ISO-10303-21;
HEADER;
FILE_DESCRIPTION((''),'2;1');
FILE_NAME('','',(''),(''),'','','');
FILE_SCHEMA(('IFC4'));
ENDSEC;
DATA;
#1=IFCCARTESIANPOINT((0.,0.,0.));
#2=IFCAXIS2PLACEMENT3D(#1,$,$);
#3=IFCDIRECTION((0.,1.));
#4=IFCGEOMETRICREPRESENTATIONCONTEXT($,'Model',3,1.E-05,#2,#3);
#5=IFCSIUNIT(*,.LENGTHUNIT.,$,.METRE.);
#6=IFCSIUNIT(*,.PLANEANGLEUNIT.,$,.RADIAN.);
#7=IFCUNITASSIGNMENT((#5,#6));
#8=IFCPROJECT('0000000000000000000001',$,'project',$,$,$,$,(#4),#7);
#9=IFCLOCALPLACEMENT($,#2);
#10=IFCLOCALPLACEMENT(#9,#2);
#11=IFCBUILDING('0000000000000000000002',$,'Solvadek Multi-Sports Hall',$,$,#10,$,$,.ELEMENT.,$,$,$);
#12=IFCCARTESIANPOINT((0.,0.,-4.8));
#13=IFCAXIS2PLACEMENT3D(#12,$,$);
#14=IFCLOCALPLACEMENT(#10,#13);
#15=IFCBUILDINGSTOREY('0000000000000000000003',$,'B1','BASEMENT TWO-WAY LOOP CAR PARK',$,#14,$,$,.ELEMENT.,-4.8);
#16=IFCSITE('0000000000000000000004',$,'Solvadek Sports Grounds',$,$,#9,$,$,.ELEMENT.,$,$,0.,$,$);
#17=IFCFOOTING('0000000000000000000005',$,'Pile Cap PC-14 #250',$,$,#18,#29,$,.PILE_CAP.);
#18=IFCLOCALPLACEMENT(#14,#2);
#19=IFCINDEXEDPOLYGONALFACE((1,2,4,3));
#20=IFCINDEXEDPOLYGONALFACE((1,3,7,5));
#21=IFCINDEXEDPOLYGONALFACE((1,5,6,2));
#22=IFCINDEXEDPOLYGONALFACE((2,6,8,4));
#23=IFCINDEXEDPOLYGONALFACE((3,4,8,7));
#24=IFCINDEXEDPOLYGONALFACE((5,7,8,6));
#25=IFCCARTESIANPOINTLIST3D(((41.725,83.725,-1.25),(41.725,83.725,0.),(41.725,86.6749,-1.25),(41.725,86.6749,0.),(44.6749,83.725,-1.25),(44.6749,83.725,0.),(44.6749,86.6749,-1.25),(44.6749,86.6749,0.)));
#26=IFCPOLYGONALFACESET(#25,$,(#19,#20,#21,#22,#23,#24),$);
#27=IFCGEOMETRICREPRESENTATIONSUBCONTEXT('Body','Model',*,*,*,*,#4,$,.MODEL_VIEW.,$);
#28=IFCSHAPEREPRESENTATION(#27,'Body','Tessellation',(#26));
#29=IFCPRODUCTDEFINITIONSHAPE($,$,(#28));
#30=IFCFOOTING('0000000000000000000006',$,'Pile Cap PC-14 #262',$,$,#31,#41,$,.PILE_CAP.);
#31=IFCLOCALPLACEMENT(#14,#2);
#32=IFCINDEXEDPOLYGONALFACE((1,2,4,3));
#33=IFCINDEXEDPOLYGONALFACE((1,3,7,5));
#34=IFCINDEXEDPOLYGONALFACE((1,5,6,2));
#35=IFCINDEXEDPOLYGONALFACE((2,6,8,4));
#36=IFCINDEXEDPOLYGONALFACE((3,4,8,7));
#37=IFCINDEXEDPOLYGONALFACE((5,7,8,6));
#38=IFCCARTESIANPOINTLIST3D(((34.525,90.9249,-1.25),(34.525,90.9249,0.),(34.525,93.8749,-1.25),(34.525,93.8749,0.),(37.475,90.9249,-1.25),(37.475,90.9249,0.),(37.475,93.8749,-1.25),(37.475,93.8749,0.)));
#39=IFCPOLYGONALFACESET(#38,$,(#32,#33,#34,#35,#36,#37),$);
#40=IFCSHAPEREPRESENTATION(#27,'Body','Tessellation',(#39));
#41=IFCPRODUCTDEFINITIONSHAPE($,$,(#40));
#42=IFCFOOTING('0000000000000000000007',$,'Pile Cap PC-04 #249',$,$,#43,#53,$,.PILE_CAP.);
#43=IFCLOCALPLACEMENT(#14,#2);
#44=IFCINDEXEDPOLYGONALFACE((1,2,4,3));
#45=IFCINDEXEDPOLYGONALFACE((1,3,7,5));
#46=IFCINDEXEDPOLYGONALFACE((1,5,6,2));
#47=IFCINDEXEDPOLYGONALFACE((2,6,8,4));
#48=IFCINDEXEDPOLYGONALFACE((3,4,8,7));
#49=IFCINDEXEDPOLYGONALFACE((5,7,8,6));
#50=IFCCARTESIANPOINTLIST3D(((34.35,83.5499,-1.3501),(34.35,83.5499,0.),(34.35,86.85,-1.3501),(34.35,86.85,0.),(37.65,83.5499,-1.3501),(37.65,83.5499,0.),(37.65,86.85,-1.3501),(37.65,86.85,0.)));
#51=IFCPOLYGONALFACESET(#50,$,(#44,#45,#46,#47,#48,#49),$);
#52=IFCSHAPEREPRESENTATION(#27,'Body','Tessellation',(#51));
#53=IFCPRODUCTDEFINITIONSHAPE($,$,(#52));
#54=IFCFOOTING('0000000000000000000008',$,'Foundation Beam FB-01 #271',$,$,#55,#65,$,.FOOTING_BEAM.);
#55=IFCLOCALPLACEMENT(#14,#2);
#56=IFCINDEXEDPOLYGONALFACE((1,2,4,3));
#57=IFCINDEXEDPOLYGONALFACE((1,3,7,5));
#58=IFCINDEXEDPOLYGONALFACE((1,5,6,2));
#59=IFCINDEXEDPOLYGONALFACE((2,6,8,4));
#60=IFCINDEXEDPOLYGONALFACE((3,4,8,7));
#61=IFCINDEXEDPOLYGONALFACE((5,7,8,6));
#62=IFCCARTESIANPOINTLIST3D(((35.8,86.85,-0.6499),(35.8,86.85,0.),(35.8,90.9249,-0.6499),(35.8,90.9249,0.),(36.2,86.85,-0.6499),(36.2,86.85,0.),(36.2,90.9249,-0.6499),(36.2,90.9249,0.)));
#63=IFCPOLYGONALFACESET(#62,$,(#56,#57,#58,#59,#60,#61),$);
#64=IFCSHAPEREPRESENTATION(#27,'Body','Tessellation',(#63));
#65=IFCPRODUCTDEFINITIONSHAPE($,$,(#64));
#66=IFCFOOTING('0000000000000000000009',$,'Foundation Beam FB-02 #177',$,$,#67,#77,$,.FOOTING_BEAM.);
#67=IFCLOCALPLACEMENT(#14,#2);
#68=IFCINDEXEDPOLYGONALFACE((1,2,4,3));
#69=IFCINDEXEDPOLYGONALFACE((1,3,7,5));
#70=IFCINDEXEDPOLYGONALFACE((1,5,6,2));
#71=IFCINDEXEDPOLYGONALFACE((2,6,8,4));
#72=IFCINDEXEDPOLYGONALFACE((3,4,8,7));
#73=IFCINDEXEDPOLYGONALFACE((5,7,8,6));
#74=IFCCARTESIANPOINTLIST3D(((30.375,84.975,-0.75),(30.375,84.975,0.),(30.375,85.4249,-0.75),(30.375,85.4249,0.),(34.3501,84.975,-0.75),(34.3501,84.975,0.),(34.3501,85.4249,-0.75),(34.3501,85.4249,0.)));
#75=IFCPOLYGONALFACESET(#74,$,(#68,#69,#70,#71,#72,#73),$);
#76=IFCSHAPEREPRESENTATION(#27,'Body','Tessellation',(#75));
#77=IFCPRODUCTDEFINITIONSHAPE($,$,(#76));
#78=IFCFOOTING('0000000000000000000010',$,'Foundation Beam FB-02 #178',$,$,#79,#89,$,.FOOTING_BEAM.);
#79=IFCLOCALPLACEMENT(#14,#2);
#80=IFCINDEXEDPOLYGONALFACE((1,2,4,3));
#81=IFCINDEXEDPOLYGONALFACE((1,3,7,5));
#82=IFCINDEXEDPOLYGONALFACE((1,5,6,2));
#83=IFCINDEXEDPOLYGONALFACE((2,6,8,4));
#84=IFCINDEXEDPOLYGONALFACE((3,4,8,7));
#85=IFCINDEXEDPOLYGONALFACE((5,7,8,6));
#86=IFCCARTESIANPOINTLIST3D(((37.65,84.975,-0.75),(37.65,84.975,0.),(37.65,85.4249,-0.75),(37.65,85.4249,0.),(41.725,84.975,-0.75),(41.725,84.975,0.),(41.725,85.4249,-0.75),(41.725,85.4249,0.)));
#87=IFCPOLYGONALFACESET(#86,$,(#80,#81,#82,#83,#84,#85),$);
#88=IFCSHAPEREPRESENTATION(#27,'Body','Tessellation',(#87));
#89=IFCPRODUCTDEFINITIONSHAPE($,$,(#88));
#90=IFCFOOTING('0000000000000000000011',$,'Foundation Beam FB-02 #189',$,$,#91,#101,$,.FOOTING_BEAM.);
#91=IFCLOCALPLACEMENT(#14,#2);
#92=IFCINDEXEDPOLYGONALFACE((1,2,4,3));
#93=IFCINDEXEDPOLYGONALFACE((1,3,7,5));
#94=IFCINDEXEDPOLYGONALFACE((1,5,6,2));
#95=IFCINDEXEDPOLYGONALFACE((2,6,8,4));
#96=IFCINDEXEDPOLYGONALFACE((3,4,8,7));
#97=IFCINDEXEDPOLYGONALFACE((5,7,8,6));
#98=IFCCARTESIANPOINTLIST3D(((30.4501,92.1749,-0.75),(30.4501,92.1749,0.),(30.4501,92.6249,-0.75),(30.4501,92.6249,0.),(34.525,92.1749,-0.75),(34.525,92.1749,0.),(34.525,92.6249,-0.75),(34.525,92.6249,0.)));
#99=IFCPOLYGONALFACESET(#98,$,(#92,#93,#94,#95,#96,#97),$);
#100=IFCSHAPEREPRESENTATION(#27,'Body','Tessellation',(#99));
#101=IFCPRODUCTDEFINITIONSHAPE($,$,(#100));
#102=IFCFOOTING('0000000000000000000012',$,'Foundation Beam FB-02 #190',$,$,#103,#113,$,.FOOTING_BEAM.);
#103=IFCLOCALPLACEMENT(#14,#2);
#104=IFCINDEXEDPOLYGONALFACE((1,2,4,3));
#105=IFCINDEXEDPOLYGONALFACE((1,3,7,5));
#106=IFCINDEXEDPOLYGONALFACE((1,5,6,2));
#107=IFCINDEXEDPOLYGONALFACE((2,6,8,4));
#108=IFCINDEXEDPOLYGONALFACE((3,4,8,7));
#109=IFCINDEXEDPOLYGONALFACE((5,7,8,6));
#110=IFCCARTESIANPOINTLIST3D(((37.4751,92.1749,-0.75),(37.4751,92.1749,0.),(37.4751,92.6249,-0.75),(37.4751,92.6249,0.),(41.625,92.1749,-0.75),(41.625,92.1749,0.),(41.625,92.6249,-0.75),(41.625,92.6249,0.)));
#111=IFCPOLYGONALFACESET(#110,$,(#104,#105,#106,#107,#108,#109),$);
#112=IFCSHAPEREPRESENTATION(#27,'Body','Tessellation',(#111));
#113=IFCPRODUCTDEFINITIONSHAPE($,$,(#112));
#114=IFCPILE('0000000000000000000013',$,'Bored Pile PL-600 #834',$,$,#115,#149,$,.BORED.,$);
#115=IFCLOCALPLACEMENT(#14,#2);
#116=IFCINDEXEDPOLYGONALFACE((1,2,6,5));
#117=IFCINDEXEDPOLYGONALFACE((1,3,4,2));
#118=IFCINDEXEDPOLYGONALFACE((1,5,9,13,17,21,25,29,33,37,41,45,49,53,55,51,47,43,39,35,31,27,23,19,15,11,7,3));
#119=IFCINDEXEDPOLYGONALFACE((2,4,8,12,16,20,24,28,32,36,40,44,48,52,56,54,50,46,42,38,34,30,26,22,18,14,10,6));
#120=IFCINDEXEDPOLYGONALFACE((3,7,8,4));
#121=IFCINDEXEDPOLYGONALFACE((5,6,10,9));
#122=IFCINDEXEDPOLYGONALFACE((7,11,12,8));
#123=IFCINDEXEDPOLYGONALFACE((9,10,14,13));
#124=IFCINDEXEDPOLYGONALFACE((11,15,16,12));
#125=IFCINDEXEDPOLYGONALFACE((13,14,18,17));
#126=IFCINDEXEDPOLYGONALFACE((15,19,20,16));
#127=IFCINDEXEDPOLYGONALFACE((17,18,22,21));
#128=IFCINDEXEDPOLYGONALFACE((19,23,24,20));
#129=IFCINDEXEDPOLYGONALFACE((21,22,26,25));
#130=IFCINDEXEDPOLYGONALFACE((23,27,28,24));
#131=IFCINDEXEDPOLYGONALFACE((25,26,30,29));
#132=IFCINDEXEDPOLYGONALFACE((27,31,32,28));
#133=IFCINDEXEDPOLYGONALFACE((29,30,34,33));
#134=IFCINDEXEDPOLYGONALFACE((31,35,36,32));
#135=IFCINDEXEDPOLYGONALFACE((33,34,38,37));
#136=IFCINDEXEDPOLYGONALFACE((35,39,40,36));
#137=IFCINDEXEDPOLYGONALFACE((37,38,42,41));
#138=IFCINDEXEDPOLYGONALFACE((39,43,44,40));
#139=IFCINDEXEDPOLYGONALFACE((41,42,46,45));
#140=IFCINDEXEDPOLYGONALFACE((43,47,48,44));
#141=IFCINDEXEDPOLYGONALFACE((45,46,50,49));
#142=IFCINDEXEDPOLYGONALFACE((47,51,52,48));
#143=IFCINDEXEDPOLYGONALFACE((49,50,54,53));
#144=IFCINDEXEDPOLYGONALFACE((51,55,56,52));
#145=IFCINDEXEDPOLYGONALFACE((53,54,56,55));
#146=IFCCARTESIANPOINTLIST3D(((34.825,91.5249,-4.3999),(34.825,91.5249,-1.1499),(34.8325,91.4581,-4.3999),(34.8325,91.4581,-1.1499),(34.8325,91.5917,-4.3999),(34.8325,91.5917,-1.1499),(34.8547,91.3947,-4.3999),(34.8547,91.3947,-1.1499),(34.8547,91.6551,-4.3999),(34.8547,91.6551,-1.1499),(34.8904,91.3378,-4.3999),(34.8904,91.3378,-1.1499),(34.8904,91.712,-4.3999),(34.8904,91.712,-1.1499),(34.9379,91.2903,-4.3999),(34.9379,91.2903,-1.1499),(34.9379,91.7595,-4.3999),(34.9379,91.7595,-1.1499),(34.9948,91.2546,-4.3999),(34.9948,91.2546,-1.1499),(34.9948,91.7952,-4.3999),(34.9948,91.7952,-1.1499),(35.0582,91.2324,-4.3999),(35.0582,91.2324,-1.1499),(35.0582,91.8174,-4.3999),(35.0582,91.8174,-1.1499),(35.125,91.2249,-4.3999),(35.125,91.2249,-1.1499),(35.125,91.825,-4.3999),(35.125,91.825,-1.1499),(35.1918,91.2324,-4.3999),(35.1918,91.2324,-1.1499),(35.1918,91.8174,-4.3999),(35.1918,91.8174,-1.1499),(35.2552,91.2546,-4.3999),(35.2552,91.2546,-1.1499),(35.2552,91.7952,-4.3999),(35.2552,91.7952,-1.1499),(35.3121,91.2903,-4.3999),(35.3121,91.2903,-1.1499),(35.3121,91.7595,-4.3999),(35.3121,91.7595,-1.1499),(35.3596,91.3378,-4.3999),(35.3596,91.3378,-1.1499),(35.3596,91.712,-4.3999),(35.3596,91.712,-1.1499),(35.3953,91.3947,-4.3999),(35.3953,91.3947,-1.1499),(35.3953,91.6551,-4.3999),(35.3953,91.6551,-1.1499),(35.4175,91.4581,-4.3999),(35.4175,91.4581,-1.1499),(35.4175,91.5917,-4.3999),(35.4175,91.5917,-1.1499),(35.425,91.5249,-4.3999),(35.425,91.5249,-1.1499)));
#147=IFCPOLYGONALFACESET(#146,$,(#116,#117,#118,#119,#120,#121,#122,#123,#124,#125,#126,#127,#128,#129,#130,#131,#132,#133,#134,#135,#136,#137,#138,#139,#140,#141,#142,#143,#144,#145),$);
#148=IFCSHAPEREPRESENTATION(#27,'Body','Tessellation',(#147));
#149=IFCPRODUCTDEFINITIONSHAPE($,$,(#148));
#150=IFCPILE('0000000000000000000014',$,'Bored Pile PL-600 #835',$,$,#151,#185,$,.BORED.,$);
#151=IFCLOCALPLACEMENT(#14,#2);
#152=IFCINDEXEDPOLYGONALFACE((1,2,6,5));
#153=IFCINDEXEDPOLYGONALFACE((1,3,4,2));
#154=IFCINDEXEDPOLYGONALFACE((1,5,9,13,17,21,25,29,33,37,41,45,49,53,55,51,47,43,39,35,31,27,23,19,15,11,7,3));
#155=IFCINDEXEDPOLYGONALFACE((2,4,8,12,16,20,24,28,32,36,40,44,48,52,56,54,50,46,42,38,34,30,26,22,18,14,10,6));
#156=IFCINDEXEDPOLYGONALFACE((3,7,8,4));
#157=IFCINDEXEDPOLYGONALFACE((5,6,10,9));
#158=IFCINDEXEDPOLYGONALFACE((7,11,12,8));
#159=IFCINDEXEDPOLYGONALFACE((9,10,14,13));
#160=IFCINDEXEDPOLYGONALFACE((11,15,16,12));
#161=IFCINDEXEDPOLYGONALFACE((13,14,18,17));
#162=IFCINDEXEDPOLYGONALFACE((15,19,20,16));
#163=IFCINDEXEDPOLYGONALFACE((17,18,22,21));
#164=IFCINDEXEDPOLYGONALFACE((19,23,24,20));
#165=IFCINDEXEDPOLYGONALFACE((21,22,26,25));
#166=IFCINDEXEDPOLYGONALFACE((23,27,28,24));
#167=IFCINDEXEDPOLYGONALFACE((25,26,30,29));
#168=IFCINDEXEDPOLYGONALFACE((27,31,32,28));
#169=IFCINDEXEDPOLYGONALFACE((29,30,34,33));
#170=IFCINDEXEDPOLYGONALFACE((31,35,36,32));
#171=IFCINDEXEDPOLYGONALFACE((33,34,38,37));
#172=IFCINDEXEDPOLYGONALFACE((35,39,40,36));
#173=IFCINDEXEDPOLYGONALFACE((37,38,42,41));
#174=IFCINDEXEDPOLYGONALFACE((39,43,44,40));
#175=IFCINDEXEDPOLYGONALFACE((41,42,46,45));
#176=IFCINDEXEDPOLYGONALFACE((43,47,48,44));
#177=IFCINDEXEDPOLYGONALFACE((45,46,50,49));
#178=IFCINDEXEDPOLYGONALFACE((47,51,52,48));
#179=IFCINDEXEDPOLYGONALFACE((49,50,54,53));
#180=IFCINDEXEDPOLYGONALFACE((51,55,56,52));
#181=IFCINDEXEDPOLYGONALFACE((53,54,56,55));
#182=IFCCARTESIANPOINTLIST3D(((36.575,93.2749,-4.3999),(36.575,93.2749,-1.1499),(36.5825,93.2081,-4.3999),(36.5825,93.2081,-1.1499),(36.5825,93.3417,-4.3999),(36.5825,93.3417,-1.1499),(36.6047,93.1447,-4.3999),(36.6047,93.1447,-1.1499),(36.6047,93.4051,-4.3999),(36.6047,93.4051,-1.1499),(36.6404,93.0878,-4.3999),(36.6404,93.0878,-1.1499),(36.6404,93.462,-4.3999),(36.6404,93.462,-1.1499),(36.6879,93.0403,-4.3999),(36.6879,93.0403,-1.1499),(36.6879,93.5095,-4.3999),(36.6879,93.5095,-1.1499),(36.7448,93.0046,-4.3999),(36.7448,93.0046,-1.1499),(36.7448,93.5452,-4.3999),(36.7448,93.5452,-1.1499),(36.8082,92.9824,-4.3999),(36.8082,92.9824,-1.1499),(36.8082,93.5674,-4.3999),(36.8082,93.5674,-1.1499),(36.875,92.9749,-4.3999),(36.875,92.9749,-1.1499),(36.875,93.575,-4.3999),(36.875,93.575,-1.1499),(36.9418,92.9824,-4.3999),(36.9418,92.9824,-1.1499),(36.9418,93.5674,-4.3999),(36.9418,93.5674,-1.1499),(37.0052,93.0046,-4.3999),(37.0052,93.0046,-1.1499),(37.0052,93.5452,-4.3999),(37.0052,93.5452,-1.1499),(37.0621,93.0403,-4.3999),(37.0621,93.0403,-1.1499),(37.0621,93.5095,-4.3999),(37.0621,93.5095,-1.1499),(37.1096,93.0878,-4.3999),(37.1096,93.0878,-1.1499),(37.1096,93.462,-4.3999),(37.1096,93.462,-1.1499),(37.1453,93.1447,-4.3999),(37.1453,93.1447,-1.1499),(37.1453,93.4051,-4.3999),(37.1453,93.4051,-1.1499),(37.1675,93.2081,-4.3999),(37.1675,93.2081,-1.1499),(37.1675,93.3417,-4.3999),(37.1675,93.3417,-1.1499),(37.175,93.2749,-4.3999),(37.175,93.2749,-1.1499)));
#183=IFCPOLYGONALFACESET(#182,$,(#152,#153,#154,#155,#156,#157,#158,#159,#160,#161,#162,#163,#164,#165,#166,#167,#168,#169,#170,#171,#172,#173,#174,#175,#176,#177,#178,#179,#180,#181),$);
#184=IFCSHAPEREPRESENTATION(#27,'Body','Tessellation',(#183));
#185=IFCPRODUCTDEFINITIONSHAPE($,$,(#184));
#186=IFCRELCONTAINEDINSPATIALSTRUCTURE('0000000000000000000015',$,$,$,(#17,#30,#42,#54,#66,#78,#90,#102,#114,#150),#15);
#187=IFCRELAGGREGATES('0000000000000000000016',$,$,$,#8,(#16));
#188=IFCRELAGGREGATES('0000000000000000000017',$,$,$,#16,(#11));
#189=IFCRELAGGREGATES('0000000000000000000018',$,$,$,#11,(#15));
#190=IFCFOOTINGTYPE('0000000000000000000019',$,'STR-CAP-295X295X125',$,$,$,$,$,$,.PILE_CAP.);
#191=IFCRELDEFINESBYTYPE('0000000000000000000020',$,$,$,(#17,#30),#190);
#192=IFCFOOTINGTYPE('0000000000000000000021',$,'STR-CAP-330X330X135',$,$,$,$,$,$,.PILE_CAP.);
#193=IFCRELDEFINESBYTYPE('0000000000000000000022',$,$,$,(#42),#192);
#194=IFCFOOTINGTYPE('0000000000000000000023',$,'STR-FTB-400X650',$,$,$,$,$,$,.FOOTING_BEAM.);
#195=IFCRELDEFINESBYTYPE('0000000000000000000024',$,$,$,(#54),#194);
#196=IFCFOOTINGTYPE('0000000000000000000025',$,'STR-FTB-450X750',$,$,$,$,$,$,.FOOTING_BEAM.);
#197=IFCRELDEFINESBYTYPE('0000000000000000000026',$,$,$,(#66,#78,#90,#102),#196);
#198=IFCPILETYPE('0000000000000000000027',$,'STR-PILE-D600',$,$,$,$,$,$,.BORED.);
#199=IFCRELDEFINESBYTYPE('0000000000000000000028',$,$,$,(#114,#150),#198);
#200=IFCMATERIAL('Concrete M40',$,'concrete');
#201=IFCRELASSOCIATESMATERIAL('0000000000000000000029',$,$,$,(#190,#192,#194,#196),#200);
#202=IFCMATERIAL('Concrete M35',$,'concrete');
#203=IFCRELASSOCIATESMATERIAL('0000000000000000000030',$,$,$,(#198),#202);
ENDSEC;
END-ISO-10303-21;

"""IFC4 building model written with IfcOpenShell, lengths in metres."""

from ifc_helpers import new_model, si_unit, direction, frame, origin, origin_2d, place, context, subcontext, project, spatial, rectangle, circle, extrude, material, material_profile, profile_set, type_object, element, save


model = new_model("IFC4")

# Units and contexts
model_context = context("Model", 3, precision=1e-05, world=origin(), true_north=direction((0.0, 1.0)))
body_context = subcontext(model_context, "Body", "Model", "MODEL_VIEW")
ifc_project = project(units=[si_unit("LENGTHUNIT", "METRE"), si_unit("PLANEANGLEUNIT", "RADIAN")], contexts=[model_context])

# Site, building, storey
site_placement = place(None, origin())
site = spatial("IfcSite", under=ifc_project, at=site_placement, Name="Solvadek Sports Grounds", CompositionType="ELEMENT", RefElevation=0.0)
building_placement = place(site_placement, origin())
building = spatial("IfcBuilding", under=site, at=building_placement, Name="Solvadek Multi-Sports Hall", CompositionType="ELEMENT")
storey_placement = place(building_placement, frame((0.0, 0.0, -4.8)))
storey = spatial("IfcBuildingStorey", under=building, at=storey_placement, Name="B1", Description="BASEMENT TWO-WAY LOOP CAR PARK", CompositionType="ELEMENT", Elevation=-4.8)

# Footings
ifc_material_1 = material(Name="Concrete M40", Category="concrete")
footing_type_1 = type_object("IfcFootingType", Name="STR-CAP-295X295X125", PredefinedType="PILE_CAP", material=ifc_material_1)
for number, where, z_axis, x_axis, name in (
    (1, (43.2, 85.2, -1.25), (0.0, 0.0, 1.0), (1.0, 0.0, 0.0), "Pile Cap PC-14 #250"),
    (2, (36.0, 92.3999, -1.25), (0.0, 0.0, 1.0), (1.0, 0.0, 0.0), "Pile Cap PC-14 #262"),
):
    element("IfcFooting", number, at=place(storey_placement, frame(where, z_axis=z_axis, x_axis=x_axis)), inside=storey, type_object=footing_type_1, Name=name, PredefinedType="PILE_CAP", context=body_context, shape_type="SweptSolid", body=[
        extrude(rectangle(XDim=2.95, YDim=2.95, at=origin_2d()), origin(), (0.0, 0.0, 1.0), 1.25),
    ])
footing_type_2 = type_object("IfcFootingType", Name="STR-CAP-330X330X135", PredefinedType="PILE_CAP", material=ifc_material_1)
footing_1_placement = place(storey_placement, frame((36.0, 85.2, -1.3501), z_axis=(0.0, 0.0, 1.0), x_axis=(1.0, 0.0, 0.0)))
element("IfcFooting", 3, at=footing_1_placement, inside=storey, type_object=footing_type_2, Name="Pile Cap PC-04 #249", PredefinedType="PILE_CAP", context=body_context, shape_type="SweptSolid", body=[
    extrude(rectangle(XDim=3.3, YDim=3.3, at=origin_2d()), origin(), (0.0, 0.0, 1.0), 1.3501),
])
footing_type_3 = type_object("IfcFootingType", Name="STR-FTB-400X650", PredefinedType="FOOTING_BEAM", material=ifc_material_1)
footing_2_placement = place(storey_placement, frame((36.0, 88.8875, -0.6499), z_axis=(0.0, 0.0, 1.0), x_axis=(0.0, 1.0, 0.0)))
element("IfcFooting", 4, at=footing_2_placement, inside=storey, type_object=footing_type_3, Name="Foundation Beam FB-01 #271", PredefinedType="FOOTING_BEAM", context=body_context, shape_type="SweptSolid", body=[
    extrude(rectangle(XDim=4.075, YDim=0.3999, at=origin_2d()), origin(), (0.0, 0.0, 1.0), 0.6499),
])
footing_type_4 = type_object("IfcFootingType", Name="STR-FTB-450X750", PredefinedType="FOOTING_BEAM", material=ifc_material_1)
footing_3_placement = place(storey_placement, frame((32.3625, 85.2, -0.75), z_axis=(0.0, 0.0, 1.0), x_axis=(1.0, 0.0, 0.0)))
element("IfcFooting", 5, at=footing_3_placement, inside=storey, type_object=footing_type_4, Name="Foundation Beam FB-02 #177", PredefinedType="FOOTING_BEAM", context=body_context, shape_type="SweptSolid", body=[
    extrude(rectangle(XDim=3.9751, YDim=0.45, at=origin_2d()), origin(), (0.0, 0.0, 1.0), 0.75),
])
for number, where, z_axis, x_axis, name in (
    (6, (39.6875, 85.2, -0.75), (0.0, 0.0, 1.0), (1.0, 0.0, 0.0), "Foundation Beam FB-02 #178"),
    (7, (32.4875, 92.3999, -0.75), (0.0, 0.0, 1.0), (1.0, 0.0, 0.0), "Foundation Beam FB-02 #189"),
):
    element("IfcFooting", number, at=place(storey_placement, frame(where, z_axis=z_axis, x_axis=x_axis)), inside=storey, type_object=footing_type_4, Name=name, PredefinedType="FOOTING_BEAM", context=body_context, shape_type="SweptSolid", body=[
        extrude(rectangle(XDim=4.075, YDim=0.45, at=origin_2d()), origin(), (0.0, 0.0, 1.0), 0.75),
    ])
footing_4_placement = place(storey_placement, frame((39.55, 92.3999, -0.75), z_axis=(0.0, 0.0, 1.0), x_axis=(1.0, 0.0, 0.0)))
element("IfcFooting", 8, at=footing_4_placement, inside=storey, type_object=footing_type_4, Name="Foundation Beam FB-02 #190", PredefinedType="FOOTING_BEAM", context=body_context, shape_type="SweptSolid", body=[
    extrude(rectangle(XDim=4.1499, YDim=0.45, at=origin_2d()), origin(), (0.0, 0.0, 1.0), 0.75),
])

# Piles
ifc_material_2 = material(Name="Concrete M35", Category="concrete")
ifc_material_profile_1 = material_profile(ifc_material_2, circle(Radius=0.3, at=origin_2d()), Name="BORED PILE D600")
ifc_profile_set_1 = profile_set([ifc_material_profile_1], Name="Concrete M35")
pile_type_1 = type_object("IfcPileType", Name="STR-PILE-D600", PredefinedType="BORED", material=ifc_profile_set_1)
for number, where, z_axis, x_axis, name in (
    (9, (35.125, 91.5249, -1.1499), (0.0, 0.0, -1.0), (1.0, 0.0, 0.0), "Bored Pile PL-600 #834"),
    (10, (36.875, 93.2749, -1.1499), (0.0, 0.0, -1.0), (1.0, 0.0, 0.0), "Bored Pile PL-600 #835"),
):
    element("IfcPile", number, at=place(storey_placement, frame(where, z_axis=z_axis, x_axis=x_axis)), inside=storey, type_object=pile_type_1, Name=name, PredefinedType="BORED", context=body_context, shape_type="SweptSolid", body=[
        extrude(circle(Radius=0.3, at=origin_2d()), origin(), (0.0, 0.0, 1.0), 3.25),
    ])

save(model, "model.ifc")
